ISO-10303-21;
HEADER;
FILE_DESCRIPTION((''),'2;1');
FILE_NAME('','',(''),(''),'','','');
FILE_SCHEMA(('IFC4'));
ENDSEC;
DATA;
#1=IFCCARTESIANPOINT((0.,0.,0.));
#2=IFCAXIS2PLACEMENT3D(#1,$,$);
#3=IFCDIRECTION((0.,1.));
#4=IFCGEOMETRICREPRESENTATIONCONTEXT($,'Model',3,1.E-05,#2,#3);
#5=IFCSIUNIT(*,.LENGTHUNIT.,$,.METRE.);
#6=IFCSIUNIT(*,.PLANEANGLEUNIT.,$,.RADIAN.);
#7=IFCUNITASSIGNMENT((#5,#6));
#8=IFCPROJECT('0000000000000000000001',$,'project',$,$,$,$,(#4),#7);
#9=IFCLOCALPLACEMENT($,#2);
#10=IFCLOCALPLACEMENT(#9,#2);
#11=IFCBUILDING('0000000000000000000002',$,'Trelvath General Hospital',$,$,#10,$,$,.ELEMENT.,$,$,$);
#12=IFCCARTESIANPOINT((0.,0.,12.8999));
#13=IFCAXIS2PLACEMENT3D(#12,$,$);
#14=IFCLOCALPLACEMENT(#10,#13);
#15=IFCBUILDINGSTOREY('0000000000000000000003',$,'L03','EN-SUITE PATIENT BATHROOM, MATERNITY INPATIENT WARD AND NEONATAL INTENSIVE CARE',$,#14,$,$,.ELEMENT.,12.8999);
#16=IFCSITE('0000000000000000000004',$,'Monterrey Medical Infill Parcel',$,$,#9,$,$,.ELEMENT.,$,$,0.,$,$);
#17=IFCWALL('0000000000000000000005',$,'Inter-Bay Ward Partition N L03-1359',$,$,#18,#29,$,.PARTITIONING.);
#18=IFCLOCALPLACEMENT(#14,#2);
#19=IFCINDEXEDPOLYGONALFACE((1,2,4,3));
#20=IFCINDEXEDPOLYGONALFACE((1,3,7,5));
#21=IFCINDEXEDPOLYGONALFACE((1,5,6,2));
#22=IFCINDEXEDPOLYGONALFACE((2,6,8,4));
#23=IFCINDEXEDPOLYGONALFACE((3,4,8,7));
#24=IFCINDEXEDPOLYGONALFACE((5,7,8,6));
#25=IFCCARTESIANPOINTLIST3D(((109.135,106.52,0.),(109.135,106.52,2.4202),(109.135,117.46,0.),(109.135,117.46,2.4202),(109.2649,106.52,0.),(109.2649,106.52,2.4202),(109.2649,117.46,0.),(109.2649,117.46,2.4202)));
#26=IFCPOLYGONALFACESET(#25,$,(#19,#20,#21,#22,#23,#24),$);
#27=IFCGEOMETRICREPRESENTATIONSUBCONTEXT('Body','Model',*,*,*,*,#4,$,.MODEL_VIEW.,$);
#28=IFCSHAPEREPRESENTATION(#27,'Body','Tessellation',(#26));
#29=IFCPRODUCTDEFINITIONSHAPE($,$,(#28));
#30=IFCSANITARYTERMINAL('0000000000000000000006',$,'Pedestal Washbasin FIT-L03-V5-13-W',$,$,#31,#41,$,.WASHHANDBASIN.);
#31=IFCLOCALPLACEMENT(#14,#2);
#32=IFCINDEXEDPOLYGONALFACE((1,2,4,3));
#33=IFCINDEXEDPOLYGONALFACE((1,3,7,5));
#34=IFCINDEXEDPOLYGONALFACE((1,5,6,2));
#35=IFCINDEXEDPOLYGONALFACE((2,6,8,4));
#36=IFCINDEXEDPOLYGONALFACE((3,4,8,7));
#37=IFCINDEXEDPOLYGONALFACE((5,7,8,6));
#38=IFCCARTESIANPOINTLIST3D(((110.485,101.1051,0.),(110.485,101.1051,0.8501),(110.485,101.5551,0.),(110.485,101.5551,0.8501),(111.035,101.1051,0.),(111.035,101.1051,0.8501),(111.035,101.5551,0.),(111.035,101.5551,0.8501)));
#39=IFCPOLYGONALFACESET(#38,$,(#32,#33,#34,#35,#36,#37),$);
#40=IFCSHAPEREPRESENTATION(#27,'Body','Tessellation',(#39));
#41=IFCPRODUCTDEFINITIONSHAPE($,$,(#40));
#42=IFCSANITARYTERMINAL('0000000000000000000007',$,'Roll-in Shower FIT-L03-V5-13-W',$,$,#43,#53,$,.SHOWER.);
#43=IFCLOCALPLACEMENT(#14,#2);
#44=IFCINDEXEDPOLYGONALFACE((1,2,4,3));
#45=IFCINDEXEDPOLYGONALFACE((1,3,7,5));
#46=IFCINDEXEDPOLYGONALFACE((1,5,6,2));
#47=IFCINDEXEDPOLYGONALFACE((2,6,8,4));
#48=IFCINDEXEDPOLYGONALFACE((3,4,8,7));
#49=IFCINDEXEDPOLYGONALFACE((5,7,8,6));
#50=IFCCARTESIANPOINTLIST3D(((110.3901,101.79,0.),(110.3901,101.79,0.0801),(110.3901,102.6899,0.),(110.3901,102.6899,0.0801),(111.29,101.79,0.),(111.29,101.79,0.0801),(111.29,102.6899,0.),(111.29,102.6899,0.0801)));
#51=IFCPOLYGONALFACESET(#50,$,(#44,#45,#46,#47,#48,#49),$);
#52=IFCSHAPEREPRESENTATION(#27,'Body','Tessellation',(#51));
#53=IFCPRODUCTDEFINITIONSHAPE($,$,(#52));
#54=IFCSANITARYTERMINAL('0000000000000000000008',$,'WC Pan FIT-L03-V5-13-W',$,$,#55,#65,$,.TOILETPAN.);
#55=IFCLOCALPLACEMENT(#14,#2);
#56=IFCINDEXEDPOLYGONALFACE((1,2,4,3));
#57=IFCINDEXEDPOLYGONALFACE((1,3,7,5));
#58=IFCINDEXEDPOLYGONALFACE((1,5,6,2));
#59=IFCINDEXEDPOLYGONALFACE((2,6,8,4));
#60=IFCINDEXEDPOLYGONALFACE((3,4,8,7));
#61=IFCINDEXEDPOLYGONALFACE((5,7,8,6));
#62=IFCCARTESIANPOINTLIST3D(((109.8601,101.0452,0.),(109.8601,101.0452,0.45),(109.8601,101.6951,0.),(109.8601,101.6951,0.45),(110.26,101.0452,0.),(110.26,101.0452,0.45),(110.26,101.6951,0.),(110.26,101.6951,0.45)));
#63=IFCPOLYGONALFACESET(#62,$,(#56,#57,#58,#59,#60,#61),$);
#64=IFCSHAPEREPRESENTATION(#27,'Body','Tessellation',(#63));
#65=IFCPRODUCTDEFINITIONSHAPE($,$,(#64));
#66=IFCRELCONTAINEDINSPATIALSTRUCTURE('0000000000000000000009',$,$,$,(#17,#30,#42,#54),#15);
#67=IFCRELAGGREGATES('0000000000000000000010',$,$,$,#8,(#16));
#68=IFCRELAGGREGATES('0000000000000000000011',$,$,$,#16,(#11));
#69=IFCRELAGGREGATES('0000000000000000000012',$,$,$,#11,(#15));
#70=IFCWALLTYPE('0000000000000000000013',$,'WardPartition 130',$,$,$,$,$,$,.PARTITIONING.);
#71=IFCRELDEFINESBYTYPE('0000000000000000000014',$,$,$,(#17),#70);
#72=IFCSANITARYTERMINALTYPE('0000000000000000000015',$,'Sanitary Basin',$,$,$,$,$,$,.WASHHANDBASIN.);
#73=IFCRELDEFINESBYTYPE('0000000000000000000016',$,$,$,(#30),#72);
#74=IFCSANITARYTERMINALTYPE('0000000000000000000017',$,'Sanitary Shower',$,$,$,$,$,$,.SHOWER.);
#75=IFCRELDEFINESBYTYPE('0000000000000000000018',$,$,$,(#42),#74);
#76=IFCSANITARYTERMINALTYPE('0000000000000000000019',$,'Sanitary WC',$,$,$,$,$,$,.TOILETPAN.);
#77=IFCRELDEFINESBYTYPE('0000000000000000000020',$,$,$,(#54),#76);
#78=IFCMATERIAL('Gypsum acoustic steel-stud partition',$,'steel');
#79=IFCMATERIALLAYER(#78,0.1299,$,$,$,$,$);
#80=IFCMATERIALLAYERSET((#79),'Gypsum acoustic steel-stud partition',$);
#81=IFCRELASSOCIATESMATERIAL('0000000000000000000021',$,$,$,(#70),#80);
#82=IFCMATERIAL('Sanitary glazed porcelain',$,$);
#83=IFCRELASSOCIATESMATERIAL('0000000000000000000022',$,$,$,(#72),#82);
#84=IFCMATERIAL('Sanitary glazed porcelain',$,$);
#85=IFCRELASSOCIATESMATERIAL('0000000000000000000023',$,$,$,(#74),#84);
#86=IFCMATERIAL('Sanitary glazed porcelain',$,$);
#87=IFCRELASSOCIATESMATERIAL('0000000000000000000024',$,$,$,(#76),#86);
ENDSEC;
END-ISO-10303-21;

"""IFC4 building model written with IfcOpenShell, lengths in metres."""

from ifc_helpers import new_model, si_unit, direction, frame, frame_2d, origin, origin_2d, place, context, subcontext, project, spatial, rectangle, extrude, material, layer, layer_set, type_object, element, save


model = new_model("IFC4")

# Units and contexts
model_context = context("Model", 3, precision=1e-05, world=origin(), true_north=direction((0.0, 1.0)))
body_context = subcontext(model_context, "Body", "Model", "MODEL_VIEW")
ifc_project = project(units=[si_unit("LENGTHUNIT", "METRE"), si_unit("PLANEANGLEUNIT", "RADIAN")], contexts=[model_context])

# Site, building, storey
site_placement = place(None, origin())
site = spatial("IfcSite", under=ifc_project, at=site_placement, Name="Monterrey Medical Infill Parcel", CompositionType="ELEMENT", RefElevation=0.0)
building_placement = place(site_placement, origin())
building = spatial("IfcBuilding", under=site, at=building_placement, Name="Trelvath General Hospital", CompositionType="ELEMENT")
storey_placement = place(building_placement, frame((0.0, 0.0, 12.8999)))
storey = spatial("IfcBuildingStorey", under=building, at=storey_placement, Name="L03", Description="EN-SUITE PATIENT BATHROOM, MATERNITY INPATIENT WARD AND NEONATAL INTENSIVE CARE", CompositionType="ELEMENT", Elevation=12.8999)

# Wall
ifc_material_1 = material(Name="Gypsum acoustic steel-stud partition", Category="steel")
ifc_layer_1 = layer(ifc_material_1, 0.1299)
ifc_layer_set_1 = layer_set([ifc_layer_1], Name="Gypsum acoustic steel-stud partition")
wall_type_1 = type_object("IfcWallType", Name="WardPartition 130", PredefinedType="PARTITIONING", material=ifc_layer_set_1)
wall_1_placement = place(storey_placement, frame((109.2, 106.52, 0.0), z_axis=(0.0, 0.0, 1.0), x_axis=(0.0, 1.0, 0.0)))
element("IfcWall", 1, at=wall_1_placement, inside=storey, type_object=wall_type_1, Name="Inter-Bay Ward Partition N L03-1359", PredefinedType="PARTITIONING", context=body_context, shape_type="SweptSolid", body=[
    extrude(rectangle(XDim=10.9399, YDim=0.1299, at=frame_2d((5.47, 0.0))), origin(), (0.0, 0.0, 1.0), 2.4202),
])

# Sanitary terminals
ifc_material_2 = material(Name="Sanitary glazed porcelain")
sanitary_terminal_type_1 = type_object("IfcSanitaryTerminalType", Name="Sanitary Basin", PredefinedType="WASHHANDBASIN", material=ifc_material_2)
sanitary_terminal_1_placement = place(storey_placement, frame((110.76, 101.3301, 0.0), z_axis=(0.0, 0.0, 1.0), x_axis=(1.0, 0.0, 0.0)))
element("IfcSanitaryTerminal", 2, at=sanitary_terminal_1_placement, inside=storey, type_object=sanitary_terminal_type_1, Name="Pedestal Washbasin FIT-L03-V5-13-W", PredefinedType="WASHHANDBASIN", context=body_context, shape_type="SweptSolid", body=[
    extrude(rectangle(XDim=0.55, YDim=0.45, at=origin_2d()), origin(), (0.0, 0.0, 1.0), 0.8501),
])
ifc_material_3 = material(Name="Sanitary glazed porcelain")
sanitary_terminal_type_2 = type_object("IfcSanitaryTerminalType", Name="Sanitary Shower", PredefinedType="SHOWER", material=ifc_material_3)
sanitary_terminal_2_placement = place(storey_placement, frame((110.8401, 102.24, 0.0), z_axis=(0.0, 0.0, 1.0), x_axis=(1.0, 0.0, 0.0)))
element("IfcSanitaryTerminal", 3, at=sanitary_terminal_2_placement, inside=storey, type_object=sanitary_terminal_type_2, Name="Roll-in Shower FIT-L03-V5-13-W", PredefinedType="SHOWER", context=body_context, shape_type="SweptSolid", body=[
    extrude(rectangle(XDim=0.8999, YDim=0.8999, at=origin_2d()), origin(), (0.0, 0.0, 1.0), 0.0801),
])
ifc_material_4 = material(Name="Sanitary glazed porcelain")
sanitary_terminal_type_3 = type_object("IfcSanitaryTerminalType", Name="Sanitary WC", PredefinedType="TOILETPAN", material=ifc_material_4)
sanitary_terminal_3_placement = place(storey_placement, frame((110.0601, 101.3701, 0.0), z_axis=(0.0, 0.0, 1.0), x_axis=(1.0, 0.0, 0.0)))
element("IfcSanitaryTerminal", 4, at=sanitary_terminal_3_placement, inside=storey, type_object=sanitary_terminal_type_3, Name="WC Pan FIT-L03-V5-13-W", PredefinedType="TOILETPAN", context=body_context, shape_type="SweptSolid", body=[
    extrude(rectangle(XDim=0.3999, YDim=0.6499, at=origin_2d()), origin(), (0.0, 0.0, 1.0), 0.45),
])

save(model, "model.ifc")
